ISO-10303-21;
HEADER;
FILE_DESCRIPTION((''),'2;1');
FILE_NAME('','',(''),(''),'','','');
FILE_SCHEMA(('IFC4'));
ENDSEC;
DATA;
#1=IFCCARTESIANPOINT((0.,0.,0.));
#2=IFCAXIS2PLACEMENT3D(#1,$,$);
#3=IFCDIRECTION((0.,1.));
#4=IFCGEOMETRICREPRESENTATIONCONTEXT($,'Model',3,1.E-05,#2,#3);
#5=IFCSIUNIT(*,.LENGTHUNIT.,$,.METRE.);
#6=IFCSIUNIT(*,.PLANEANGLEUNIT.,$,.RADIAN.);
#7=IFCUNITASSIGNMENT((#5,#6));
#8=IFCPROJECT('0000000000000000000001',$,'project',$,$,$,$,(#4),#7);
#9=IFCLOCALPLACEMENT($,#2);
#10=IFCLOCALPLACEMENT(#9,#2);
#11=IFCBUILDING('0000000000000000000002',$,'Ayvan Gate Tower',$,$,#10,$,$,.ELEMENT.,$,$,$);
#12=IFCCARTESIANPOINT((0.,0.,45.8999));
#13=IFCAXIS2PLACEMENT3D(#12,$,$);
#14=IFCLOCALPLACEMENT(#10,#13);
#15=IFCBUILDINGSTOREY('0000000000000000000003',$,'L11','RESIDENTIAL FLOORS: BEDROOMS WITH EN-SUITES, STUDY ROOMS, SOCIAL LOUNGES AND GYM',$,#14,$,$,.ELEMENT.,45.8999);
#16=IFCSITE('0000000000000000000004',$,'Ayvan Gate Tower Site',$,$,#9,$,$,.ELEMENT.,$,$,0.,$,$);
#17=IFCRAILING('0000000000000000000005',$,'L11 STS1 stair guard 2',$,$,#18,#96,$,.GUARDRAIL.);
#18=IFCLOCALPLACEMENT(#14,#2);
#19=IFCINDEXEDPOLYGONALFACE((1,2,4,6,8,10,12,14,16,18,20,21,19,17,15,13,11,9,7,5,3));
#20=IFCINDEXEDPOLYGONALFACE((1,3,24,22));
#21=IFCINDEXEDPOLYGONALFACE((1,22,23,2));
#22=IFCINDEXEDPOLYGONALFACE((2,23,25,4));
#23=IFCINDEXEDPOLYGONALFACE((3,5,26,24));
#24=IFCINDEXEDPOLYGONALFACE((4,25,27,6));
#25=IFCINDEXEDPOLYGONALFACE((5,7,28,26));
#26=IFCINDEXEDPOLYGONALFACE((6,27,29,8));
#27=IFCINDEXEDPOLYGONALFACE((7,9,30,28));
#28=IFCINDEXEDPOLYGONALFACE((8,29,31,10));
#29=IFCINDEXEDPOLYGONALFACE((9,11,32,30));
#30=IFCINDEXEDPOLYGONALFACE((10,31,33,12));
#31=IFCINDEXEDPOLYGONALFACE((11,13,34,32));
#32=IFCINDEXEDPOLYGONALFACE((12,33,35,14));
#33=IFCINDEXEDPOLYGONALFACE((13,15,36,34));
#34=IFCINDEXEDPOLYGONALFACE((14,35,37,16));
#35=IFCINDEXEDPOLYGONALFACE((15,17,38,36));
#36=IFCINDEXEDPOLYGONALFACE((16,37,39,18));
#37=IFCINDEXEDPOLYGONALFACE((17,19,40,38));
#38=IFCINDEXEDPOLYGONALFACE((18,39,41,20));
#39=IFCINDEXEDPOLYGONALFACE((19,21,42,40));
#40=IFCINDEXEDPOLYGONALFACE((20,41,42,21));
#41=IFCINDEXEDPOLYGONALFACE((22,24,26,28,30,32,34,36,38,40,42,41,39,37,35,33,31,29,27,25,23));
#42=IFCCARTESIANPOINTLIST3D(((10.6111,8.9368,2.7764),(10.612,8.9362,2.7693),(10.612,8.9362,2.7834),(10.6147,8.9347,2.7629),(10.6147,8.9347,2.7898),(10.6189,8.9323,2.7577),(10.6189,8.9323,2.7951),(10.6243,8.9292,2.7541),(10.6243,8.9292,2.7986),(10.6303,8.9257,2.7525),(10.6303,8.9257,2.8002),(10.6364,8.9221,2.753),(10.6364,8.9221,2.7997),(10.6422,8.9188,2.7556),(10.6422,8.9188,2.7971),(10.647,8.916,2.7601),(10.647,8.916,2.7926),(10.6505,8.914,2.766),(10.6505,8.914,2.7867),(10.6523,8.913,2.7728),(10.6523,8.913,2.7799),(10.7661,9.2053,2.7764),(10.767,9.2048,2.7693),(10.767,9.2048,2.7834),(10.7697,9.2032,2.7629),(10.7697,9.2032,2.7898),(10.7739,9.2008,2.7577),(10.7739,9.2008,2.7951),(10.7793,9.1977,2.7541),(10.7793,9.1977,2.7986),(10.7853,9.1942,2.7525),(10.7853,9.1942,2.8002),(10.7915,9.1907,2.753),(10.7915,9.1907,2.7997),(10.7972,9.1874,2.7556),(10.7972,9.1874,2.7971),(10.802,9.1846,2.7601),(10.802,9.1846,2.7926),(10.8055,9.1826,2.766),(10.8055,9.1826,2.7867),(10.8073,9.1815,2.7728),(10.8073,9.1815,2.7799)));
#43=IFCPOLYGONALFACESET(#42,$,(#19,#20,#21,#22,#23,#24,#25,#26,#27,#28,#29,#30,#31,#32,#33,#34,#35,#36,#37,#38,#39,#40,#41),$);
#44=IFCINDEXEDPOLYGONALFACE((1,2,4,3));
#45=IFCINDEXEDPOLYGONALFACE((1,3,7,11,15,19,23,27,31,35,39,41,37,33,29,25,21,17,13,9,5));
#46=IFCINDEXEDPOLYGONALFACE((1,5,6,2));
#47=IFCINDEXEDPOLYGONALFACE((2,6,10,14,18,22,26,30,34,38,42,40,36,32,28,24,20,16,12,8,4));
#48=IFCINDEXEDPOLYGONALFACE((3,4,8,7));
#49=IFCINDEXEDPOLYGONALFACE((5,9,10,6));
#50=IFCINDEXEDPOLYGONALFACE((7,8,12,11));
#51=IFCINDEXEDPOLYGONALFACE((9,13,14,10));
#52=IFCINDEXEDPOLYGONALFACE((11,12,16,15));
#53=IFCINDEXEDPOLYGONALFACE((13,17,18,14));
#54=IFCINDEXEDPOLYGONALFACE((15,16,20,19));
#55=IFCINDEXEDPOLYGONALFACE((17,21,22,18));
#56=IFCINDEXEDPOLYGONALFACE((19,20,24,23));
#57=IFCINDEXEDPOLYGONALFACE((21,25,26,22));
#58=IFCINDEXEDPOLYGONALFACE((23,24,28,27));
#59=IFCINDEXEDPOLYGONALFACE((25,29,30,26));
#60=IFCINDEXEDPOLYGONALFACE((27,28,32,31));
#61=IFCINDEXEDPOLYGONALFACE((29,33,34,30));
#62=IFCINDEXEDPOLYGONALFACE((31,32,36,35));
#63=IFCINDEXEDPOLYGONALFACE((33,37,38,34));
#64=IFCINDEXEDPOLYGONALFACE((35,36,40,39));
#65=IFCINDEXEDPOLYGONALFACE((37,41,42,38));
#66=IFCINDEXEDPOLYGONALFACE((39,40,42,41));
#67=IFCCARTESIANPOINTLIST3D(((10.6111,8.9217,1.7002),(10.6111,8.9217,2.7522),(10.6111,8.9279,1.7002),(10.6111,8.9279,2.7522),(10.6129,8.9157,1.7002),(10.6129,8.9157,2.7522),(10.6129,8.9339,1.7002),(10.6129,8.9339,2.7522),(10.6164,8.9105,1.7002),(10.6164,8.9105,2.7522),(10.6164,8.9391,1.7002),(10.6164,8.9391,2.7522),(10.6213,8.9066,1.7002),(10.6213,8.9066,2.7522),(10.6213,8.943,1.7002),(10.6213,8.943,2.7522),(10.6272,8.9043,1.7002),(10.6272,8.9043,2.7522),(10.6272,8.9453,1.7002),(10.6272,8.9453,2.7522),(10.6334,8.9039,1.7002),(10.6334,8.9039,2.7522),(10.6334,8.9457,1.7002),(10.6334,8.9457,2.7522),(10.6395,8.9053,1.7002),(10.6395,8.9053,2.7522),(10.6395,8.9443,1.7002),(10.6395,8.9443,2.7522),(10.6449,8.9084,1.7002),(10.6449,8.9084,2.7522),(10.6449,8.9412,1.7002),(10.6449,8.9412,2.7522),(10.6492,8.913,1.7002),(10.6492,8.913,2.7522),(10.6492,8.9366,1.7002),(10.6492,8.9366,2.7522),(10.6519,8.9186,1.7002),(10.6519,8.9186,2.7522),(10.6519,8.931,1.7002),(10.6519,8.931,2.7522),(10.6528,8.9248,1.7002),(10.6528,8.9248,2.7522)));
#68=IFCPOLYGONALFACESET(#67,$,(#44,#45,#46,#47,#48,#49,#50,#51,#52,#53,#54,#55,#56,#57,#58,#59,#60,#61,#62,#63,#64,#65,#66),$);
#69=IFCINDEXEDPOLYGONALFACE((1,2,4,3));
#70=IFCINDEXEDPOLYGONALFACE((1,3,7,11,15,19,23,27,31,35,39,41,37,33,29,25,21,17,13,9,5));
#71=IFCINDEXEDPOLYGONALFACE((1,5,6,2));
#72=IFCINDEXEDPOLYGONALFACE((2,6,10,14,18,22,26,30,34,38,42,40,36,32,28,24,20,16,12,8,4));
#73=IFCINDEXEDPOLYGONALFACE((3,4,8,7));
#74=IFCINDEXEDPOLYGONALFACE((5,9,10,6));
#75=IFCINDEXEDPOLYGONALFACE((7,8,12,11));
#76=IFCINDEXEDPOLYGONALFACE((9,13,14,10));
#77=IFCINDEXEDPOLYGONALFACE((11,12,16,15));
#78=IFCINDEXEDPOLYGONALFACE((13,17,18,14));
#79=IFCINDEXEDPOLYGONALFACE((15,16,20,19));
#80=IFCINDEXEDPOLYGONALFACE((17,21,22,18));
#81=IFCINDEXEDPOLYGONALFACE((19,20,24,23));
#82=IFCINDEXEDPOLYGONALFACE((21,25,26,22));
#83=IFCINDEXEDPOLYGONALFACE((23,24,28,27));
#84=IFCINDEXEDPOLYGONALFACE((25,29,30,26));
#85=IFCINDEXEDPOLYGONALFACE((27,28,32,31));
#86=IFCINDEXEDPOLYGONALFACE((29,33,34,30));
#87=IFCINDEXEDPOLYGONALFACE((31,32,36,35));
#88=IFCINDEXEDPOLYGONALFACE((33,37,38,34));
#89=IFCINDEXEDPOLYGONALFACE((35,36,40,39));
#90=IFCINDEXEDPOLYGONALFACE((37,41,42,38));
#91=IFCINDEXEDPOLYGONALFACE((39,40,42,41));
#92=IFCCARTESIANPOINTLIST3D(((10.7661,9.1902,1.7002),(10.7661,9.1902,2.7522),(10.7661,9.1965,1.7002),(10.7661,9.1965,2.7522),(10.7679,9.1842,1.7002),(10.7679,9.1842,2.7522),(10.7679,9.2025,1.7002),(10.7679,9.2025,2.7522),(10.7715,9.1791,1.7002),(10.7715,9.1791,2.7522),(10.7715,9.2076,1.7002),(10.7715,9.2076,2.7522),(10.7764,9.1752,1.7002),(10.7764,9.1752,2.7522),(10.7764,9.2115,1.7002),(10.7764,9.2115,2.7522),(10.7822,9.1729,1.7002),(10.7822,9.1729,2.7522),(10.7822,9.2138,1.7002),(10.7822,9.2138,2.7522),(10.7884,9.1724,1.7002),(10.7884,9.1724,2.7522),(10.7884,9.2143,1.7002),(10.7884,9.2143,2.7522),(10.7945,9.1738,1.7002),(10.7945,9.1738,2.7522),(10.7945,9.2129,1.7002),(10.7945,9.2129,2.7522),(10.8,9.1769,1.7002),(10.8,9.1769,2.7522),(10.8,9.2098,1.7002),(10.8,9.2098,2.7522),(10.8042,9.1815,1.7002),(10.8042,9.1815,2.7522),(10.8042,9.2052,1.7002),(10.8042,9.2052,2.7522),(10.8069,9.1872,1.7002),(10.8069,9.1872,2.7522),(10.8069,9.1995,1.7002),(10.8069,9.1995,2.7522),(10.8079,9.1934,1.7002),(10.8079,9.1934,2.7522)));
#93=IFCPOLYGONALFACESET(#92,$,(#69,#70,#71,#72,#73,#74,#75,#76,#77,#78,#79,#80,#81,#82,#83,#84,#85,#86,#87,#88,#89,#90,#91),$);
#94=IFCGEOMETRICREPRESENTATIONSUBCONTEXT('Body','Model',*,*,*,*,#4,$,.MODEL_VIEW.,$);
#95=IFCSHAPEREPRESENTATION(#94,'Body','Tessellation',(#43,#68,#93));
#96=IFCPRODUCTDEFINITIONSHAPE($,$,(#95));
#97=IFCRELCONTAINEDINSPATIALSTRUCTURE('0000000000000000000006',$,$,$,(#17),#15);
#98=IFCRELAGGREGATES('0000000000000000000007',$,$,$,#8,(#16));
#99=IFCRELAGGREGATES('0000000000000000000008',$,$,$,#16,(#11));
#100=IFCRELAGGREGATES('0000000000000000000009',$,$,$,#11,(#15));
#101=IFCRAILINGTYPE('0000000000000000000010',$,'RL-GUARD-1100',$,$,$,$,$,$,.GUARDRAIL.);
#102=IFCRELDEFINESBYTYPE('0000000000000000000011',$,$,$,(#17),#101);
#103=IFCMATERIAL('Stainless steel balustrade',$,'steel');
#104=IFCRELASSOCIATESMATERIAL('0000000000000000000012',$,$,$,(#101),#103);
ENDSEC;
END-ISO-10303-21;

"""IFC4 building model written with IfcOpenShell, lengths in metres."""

from ifc_helpers import new_model, si_unit, direction, frame, origin, origin_2d, place, context, subcontext, project, spatial, circle, extrude, material, type_object, element, save


model = new_model("IFC4")

# Units and contexts
model_context = context("Model", 3, precision=1e-05, world=origin(), true_north=direction((0.0, 1.0)))
body_context = subcontext(model_context, "Body", "Model", "MODEL_VIEW")
ifc_project = project(units=[si_unit("LENGTHUNIT", "METRE"), si_unit("PLANEANGLEUNIT", "RADIAN")], contexts=[model_context])

# Site, building, storey
site_placement = place(None, origin())
site = spatial("IfcSite", under=ifc_project, at=site_placement, Name="Ayvan Gate Tower Site", CompositionType="ELEMENT", RefElevation=0.0)
building_placement = place(site_placement, origin())
building = spatial("IfcBuilding", under=site, at=building_placement, Name="Ayvan Gate Tower", CompositionType="ELEMENT")
storey_placement = place(building_placement, frame((0.0, 0.0, 45.8999)))
storey = spatial("IfcBuildingStorey", under=building, at=storey_placement, Name="L11", Description="RESIDENTIAL FLOORS: BEDROOMS WITH EN-SUITES, STUDY ROOMS, SOCIAL LOUNGES AND GYM", CompositionType="ELEMENT", Elevation=45.8999)

# Railing
ifc_material_1 = material(Name="Stainless steel balustrade", Category="steel")
railing_type_1 = type_object("IfcRailingType", Name="RL-GUARD-1100", PredefinedType="GUARDRAIL", material=ifc_material_1)
railing_1_placement = place(storey_placement, frame((10.6318, 8.9248, 1.7002)))
element("IfcRailing", 1, at=railing_1_placement, inside=storey, type_object=railing_type_1, Name="L11 STS1 stair guard 2", PredefinedType="GUARDRAIL", context=body_context, shape_type="SweptSolid", body=[
    extrude(circle(Radius=0.0239, at=origin_2d()), frame((0.0, 0.0, 1.0762), z_axis=(0.49995, 0.866054, 0.0), x_axis=(-0.866054, 0.49995, 0.0)), (0.0, 0.0, 1.0), 0.3101),
    extrude(circle(Radius=0.021, at=origin_2d()), origin(), (0.0, 0.0, 1.0), 1.052),
    extrude(circle(Radius=0.021, at=origin_2d()), frame((0.155, 0.2686, 0.0)), (0.0, 0.0, 1.0), 1.052),
])

save(model, "model.ifc")
